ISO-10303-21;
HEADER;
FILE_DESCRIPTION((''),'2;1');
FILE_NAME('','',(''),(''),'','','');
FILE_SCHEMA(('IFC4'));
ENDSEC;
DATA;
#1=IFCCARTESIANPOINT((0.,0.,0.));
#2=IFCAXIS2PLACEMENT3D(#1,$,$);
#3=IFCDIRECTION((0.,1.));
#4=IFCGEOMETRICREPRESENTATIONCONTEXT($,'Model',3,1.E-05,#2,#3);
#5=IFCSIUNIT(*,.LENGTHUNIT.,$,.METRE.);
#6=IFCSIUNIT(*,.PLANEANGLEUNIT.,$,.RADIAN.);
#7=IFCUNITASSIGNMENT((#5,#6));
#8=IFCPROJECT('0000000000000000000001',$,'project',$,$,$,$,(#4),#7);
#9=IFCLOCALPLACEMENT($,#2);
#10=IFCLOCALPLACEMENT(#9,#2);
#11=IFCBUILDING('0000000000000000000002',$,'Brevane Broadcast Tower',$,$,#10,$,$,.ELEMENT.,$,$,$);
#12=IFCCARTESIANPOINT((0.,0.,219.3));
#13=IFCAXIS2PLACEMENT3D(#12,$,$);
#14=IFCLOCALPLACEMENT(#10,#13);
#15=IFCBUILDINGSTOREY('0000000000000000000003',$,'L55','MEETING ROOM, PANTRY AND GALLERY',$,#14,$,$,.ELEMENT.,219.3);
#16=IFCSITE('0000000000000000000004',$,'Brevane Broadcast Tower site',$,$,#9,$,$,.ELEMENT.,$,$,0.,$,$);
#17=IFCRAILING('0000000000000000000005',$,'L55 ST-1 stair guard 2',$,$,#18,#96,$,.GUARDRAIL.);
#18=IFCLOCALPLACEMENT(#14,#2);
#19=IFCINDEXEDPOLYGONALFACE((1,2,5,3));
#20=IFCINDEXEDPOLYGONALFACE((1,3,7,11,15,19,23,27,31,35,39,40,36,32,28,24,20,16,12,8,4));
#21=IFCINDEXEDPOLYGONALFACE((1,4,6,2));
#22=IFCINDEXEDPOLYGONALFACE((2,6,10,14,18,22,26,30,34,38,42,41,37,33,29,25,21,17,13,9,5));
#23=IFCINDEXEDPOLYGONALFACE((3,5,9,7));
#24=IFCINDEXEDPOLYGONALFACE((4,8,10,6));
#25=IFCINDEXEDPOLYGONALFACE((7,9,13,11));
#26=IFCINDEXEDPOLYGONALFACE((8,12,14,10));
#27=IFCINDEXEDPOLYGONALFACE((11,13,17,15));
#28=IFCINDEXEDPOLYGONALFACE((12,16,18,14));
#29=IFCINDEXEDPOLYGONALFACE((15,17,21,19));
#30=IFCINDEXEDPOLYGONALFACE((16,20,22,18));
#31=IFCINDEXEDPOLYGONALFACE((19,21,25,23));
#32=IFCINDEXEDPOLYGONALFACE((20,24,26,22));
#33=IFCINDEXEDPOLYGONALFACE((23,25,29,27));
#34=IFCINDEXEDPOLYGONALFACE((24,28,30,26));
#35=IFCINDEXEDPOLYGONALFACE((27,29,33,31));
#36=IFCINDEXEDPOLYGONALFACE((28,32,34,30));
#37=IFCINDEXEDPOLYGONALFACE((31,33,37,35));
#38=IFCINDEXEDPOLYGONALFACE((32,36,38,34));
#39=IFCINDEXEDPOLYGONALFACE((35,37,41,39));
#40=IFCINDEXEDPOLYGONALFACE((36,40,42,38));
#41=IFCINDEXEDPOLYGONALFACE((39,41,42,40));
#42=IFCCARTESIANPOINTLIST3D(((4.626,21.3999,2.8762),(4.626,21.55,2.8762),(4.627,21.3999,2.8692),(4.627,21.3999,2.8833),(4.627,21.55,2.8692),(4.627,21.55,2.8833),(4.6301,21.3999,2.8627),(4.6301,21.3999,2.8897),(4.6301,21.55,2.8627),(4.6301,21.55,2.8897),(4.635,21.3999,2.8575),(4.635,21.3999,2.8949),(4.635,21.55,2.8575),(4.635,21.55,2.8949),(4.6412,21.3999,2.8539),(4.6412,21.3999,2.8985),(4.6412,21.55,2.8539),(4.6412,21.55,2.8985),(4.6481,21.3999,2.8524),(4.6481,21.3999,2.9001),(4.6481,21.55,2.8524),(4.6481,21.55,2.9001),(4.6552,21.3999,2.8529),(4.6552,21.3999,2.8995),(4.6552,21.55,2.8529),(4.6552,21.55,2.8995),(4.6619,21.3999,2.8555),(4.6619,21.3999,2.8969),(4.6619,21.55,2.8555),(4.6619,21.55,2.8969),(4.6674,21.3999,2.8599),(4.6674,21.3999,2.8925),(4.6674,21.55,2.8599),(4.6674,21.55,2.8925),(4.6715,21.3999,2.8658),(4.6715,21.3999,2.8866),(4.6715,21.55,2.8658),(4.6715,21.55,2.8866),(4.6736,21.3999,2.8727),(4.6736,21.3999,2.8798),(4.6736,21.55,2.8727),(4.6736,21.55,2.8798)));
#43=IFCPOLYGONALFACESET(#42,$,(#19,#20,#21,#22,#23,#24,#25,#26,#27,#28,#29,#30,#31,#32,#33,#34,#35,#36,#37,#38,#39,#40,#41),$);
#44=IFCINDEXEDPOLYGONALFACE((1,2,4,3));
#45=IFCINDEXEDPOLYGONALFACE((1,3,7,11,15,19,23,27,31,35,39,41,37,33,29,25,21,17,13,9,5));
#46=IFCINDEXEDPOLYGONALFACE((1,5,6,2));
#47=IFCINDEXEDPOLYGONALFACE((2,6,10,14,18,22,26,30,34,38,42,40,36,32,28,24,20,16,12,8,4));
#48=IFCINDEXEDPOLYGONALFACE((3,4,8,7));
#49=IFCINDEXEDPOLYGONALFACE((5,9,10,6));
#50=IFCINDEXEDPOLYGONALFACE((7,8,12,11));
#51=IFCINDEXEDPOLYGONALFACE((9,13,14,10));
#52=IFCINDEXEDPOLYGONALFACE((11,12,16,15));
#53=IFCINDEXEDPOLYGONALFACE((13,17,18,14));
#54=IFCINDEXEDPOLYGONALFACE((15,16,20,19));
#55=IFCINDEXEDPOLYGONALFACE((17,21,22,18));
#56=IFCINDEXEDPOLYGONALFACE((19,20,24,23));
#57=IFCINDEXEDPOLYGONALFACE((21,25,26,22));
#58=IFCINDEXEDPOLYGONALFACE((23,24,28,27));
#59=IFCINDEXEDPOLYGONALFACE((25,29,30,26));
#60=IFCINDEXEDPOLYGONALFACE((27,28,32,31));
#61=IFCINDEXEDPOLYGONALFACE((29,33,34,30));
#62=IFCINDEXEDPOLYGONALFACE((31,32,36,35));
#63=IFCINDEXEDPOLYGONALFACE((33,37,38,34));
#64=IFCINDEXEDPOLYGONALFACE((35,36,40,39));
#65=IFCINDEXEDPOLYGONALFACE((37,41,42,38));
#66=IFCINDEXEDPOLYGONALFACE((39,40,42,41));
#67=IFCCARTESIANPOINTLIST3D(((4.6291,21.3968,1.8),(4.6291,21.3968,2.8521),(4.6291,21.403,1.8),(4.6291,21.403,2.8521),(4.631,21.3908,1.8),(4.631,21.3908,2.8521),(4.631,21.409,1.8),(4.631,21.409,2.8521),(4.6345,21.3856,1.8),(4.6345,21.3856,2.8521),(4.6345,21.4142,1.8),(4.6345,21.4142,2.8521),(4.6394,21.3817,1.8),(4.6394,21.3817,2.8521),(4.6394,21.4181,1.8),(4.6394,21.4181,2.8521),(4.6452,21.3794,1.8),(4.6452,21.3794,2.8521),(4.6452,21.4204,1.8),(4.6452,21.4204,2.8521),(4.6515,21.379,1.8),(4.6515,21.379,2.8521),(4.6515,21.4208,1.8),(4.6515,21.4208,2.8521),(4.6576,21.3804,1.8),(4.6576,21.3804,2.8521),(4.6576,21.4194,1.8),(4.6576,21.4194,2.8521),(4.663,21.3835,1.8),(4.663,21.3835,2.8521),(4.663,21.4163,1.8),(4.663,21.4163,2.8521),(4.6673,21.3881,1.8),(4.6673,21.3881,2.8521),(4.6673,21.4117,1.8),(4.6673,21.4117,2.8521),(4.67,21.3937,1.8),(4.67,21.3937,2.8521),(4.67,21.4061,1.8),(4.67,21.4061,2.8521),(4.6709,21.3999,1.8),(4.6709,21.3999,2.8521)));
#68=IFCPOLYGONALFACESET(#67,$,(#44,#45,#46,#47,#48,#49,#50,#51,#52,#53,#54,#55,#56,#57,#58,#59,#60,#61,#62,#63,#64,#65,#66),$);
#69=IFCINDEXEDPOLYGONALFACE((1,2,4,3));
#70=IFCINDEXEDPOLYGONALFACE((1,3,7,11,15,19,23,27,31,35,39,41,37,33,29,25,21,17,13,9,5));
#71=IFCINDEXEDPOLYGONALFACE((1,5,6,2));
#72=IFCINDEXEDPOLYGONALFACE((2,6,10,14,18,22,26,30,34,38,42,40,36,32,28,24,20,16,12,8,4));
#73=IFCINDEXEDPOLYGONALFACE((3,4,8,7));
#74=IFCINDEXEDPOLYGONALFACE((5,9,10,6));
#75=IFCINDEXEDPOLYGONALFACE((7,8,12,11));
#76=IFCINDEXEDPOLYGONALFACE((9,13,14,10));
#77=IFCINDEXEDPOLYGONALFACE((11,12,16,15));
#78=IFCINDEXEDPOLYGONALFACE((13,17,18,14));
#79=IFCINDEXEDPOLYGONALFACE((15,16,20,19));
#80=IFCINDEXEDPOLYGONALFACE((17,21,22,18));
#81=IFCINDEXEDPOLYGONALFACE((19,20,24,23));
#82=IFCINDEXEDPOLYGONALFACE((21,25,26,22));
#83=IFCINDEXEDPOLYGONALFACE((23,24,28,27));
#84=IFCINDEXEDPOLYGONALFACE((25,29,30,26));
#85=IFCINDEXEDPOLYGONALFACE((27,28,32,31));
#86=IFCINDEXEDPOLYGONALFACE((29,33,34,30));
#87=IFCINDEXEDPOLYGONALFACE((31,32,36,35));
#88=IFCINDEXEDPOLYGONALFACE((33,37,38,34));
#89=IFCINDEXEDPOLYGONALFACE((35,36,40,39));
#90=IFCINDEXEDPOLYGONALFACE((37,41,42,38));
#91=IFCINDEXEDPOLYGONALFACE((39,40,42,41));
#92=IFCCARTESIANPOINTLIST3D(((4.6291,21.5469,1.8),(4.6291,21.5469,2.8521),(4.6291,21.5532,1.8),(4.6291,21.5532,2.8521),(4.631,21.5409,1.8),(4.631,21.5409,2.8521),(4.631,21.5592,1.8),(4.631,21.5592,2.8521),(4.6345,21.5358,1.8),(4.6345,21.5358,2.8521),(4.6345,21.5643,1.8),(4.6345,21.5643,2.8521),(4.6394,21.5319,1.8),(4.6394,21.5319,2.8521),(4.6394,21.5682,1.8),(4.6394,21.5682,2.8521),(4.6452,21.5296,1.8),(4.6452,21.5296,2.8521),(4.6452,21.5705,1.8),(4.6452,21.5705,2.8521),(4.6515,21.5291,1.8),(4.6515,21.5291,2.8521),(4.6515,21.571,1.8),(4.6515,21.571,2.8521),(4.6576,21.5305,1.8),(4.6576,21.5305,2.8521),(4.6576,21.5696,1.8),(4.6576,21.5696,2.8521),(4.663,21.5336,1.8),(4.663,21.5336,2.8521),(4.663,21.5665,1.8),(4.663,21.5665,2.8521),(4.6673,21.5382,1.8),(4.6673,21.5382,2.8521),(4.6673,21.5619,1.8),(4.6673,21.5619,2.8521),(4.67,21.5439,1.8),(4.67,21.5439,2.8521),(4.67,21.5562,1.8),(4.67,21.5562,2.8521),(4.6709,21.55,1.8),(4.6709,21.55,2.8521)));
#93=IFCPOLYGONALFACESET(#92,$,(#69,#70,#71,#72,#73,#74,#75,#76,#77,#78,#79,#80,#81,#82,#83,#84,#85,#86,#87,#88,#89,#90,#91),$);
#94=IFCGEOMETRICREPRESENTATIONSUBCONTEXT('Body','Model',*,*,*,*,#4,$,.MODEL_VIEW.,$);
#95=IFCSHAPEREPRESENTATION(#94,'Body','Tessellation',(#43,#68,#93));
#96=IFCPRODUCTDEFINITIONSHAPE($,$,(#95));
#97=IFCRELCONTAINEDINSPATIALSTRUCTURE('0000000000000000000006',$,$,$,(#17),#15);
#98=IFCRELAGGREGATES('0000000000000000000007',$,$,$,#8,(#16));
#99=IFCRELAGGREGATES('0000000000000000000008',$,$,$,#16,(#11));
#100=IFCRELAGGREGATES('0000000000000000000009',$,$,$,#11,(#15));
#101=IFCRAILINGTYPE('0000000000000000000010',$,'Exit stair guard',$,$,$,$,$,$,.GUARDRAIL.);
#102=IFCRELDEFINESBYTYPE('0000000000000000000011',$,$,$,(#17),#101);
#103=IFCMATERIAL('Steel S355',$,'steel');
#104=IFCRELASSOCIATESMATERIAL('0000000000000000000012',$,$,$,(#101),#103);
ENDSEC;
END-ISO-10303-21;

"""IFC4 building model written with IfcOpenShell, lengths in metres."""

from ifc_helpers import new_model, si_unit, direction, frame, origin, origin_2d, place, context, subcontext, project, spatial, circle, extrude, material, type_object, element, save


model = new_model("IFC4")

# Units and contexts
model_context = context("Model", 3, precision=1e-05, world=origin(), true_north=direction((0.0, 1.0)))
body_context = subcontext(model_context, "Body", "Model", "MODEL_VIEW")
ifc_project = project(units=[si_unit("LENGTHUNIT", "METRE"), si_unit("PLANEANGLEUNIT", "RADIAN")], contexts=[model_context])

# Site, building, storey
site_placement = place(None, origin())
site = spatial("IfcSite", under=ifc_project, at=site_placement, Name="Brevane Broadcast Tower site", CompositionType="ELEMENT", RefElevation=0.0)
building_placement = place(site_placement, origin())
building = spatial("IfcBuilding", under=site, at=building_placement, Name="Brevane Broadcast Tower", CompositionType="ELEMENT")
storey_placement = place(building_placement, frame((0.0, 0.0, 219.3)))
storey = spatial("IfcBuildingStorey", under=building, at=storey_placement, Name="L55", Description="MEETING ROOM, PANTRY AND GALLERY", CompositionType="ELEMENT", Elevation=219.3)

# Railing
ifc_material_1 = material(Name="Steel S355", Category="steel")
railing_type_1 = type_object("IfcRailingType", Name="Exit stair guard", PredefinedType="GUARDRAIL", material=ifc_material_1)
railing_1_placement = place(storey_placement, frame((4.6499, 21.3999, 1.8)))
element("IfcRailing", 1, at=railing_1_placement, inside=storey, type_object=railing_type_1, Name="L55 ST-1 stair guard 2", PredefinedType="GUARDRAIL", context=body_context, shape_type="SweptSolid", body=[
    extrude(circle(Radius=0.0239, at=origin_2d()), frame((0.0, 0.0, 1.0762), z_axis=(0.0, 1.0, 0.0), x_axis=(-1.0, 0.0, 0.0)), (0.0, 0.0, 1.0), 0.1501),
    extrude(circle(Radius=0.021, at=origin_2d()), origin(), (0.0, 0.0, 1.0), 1.052),
    extrude(circle(Radius=0.021, at=origin_2d()), frame((0.0, 0.1501, 0.0)), (0.0, 0.0, 1.0), 1.052),
])

save(model, "model.ifc")
